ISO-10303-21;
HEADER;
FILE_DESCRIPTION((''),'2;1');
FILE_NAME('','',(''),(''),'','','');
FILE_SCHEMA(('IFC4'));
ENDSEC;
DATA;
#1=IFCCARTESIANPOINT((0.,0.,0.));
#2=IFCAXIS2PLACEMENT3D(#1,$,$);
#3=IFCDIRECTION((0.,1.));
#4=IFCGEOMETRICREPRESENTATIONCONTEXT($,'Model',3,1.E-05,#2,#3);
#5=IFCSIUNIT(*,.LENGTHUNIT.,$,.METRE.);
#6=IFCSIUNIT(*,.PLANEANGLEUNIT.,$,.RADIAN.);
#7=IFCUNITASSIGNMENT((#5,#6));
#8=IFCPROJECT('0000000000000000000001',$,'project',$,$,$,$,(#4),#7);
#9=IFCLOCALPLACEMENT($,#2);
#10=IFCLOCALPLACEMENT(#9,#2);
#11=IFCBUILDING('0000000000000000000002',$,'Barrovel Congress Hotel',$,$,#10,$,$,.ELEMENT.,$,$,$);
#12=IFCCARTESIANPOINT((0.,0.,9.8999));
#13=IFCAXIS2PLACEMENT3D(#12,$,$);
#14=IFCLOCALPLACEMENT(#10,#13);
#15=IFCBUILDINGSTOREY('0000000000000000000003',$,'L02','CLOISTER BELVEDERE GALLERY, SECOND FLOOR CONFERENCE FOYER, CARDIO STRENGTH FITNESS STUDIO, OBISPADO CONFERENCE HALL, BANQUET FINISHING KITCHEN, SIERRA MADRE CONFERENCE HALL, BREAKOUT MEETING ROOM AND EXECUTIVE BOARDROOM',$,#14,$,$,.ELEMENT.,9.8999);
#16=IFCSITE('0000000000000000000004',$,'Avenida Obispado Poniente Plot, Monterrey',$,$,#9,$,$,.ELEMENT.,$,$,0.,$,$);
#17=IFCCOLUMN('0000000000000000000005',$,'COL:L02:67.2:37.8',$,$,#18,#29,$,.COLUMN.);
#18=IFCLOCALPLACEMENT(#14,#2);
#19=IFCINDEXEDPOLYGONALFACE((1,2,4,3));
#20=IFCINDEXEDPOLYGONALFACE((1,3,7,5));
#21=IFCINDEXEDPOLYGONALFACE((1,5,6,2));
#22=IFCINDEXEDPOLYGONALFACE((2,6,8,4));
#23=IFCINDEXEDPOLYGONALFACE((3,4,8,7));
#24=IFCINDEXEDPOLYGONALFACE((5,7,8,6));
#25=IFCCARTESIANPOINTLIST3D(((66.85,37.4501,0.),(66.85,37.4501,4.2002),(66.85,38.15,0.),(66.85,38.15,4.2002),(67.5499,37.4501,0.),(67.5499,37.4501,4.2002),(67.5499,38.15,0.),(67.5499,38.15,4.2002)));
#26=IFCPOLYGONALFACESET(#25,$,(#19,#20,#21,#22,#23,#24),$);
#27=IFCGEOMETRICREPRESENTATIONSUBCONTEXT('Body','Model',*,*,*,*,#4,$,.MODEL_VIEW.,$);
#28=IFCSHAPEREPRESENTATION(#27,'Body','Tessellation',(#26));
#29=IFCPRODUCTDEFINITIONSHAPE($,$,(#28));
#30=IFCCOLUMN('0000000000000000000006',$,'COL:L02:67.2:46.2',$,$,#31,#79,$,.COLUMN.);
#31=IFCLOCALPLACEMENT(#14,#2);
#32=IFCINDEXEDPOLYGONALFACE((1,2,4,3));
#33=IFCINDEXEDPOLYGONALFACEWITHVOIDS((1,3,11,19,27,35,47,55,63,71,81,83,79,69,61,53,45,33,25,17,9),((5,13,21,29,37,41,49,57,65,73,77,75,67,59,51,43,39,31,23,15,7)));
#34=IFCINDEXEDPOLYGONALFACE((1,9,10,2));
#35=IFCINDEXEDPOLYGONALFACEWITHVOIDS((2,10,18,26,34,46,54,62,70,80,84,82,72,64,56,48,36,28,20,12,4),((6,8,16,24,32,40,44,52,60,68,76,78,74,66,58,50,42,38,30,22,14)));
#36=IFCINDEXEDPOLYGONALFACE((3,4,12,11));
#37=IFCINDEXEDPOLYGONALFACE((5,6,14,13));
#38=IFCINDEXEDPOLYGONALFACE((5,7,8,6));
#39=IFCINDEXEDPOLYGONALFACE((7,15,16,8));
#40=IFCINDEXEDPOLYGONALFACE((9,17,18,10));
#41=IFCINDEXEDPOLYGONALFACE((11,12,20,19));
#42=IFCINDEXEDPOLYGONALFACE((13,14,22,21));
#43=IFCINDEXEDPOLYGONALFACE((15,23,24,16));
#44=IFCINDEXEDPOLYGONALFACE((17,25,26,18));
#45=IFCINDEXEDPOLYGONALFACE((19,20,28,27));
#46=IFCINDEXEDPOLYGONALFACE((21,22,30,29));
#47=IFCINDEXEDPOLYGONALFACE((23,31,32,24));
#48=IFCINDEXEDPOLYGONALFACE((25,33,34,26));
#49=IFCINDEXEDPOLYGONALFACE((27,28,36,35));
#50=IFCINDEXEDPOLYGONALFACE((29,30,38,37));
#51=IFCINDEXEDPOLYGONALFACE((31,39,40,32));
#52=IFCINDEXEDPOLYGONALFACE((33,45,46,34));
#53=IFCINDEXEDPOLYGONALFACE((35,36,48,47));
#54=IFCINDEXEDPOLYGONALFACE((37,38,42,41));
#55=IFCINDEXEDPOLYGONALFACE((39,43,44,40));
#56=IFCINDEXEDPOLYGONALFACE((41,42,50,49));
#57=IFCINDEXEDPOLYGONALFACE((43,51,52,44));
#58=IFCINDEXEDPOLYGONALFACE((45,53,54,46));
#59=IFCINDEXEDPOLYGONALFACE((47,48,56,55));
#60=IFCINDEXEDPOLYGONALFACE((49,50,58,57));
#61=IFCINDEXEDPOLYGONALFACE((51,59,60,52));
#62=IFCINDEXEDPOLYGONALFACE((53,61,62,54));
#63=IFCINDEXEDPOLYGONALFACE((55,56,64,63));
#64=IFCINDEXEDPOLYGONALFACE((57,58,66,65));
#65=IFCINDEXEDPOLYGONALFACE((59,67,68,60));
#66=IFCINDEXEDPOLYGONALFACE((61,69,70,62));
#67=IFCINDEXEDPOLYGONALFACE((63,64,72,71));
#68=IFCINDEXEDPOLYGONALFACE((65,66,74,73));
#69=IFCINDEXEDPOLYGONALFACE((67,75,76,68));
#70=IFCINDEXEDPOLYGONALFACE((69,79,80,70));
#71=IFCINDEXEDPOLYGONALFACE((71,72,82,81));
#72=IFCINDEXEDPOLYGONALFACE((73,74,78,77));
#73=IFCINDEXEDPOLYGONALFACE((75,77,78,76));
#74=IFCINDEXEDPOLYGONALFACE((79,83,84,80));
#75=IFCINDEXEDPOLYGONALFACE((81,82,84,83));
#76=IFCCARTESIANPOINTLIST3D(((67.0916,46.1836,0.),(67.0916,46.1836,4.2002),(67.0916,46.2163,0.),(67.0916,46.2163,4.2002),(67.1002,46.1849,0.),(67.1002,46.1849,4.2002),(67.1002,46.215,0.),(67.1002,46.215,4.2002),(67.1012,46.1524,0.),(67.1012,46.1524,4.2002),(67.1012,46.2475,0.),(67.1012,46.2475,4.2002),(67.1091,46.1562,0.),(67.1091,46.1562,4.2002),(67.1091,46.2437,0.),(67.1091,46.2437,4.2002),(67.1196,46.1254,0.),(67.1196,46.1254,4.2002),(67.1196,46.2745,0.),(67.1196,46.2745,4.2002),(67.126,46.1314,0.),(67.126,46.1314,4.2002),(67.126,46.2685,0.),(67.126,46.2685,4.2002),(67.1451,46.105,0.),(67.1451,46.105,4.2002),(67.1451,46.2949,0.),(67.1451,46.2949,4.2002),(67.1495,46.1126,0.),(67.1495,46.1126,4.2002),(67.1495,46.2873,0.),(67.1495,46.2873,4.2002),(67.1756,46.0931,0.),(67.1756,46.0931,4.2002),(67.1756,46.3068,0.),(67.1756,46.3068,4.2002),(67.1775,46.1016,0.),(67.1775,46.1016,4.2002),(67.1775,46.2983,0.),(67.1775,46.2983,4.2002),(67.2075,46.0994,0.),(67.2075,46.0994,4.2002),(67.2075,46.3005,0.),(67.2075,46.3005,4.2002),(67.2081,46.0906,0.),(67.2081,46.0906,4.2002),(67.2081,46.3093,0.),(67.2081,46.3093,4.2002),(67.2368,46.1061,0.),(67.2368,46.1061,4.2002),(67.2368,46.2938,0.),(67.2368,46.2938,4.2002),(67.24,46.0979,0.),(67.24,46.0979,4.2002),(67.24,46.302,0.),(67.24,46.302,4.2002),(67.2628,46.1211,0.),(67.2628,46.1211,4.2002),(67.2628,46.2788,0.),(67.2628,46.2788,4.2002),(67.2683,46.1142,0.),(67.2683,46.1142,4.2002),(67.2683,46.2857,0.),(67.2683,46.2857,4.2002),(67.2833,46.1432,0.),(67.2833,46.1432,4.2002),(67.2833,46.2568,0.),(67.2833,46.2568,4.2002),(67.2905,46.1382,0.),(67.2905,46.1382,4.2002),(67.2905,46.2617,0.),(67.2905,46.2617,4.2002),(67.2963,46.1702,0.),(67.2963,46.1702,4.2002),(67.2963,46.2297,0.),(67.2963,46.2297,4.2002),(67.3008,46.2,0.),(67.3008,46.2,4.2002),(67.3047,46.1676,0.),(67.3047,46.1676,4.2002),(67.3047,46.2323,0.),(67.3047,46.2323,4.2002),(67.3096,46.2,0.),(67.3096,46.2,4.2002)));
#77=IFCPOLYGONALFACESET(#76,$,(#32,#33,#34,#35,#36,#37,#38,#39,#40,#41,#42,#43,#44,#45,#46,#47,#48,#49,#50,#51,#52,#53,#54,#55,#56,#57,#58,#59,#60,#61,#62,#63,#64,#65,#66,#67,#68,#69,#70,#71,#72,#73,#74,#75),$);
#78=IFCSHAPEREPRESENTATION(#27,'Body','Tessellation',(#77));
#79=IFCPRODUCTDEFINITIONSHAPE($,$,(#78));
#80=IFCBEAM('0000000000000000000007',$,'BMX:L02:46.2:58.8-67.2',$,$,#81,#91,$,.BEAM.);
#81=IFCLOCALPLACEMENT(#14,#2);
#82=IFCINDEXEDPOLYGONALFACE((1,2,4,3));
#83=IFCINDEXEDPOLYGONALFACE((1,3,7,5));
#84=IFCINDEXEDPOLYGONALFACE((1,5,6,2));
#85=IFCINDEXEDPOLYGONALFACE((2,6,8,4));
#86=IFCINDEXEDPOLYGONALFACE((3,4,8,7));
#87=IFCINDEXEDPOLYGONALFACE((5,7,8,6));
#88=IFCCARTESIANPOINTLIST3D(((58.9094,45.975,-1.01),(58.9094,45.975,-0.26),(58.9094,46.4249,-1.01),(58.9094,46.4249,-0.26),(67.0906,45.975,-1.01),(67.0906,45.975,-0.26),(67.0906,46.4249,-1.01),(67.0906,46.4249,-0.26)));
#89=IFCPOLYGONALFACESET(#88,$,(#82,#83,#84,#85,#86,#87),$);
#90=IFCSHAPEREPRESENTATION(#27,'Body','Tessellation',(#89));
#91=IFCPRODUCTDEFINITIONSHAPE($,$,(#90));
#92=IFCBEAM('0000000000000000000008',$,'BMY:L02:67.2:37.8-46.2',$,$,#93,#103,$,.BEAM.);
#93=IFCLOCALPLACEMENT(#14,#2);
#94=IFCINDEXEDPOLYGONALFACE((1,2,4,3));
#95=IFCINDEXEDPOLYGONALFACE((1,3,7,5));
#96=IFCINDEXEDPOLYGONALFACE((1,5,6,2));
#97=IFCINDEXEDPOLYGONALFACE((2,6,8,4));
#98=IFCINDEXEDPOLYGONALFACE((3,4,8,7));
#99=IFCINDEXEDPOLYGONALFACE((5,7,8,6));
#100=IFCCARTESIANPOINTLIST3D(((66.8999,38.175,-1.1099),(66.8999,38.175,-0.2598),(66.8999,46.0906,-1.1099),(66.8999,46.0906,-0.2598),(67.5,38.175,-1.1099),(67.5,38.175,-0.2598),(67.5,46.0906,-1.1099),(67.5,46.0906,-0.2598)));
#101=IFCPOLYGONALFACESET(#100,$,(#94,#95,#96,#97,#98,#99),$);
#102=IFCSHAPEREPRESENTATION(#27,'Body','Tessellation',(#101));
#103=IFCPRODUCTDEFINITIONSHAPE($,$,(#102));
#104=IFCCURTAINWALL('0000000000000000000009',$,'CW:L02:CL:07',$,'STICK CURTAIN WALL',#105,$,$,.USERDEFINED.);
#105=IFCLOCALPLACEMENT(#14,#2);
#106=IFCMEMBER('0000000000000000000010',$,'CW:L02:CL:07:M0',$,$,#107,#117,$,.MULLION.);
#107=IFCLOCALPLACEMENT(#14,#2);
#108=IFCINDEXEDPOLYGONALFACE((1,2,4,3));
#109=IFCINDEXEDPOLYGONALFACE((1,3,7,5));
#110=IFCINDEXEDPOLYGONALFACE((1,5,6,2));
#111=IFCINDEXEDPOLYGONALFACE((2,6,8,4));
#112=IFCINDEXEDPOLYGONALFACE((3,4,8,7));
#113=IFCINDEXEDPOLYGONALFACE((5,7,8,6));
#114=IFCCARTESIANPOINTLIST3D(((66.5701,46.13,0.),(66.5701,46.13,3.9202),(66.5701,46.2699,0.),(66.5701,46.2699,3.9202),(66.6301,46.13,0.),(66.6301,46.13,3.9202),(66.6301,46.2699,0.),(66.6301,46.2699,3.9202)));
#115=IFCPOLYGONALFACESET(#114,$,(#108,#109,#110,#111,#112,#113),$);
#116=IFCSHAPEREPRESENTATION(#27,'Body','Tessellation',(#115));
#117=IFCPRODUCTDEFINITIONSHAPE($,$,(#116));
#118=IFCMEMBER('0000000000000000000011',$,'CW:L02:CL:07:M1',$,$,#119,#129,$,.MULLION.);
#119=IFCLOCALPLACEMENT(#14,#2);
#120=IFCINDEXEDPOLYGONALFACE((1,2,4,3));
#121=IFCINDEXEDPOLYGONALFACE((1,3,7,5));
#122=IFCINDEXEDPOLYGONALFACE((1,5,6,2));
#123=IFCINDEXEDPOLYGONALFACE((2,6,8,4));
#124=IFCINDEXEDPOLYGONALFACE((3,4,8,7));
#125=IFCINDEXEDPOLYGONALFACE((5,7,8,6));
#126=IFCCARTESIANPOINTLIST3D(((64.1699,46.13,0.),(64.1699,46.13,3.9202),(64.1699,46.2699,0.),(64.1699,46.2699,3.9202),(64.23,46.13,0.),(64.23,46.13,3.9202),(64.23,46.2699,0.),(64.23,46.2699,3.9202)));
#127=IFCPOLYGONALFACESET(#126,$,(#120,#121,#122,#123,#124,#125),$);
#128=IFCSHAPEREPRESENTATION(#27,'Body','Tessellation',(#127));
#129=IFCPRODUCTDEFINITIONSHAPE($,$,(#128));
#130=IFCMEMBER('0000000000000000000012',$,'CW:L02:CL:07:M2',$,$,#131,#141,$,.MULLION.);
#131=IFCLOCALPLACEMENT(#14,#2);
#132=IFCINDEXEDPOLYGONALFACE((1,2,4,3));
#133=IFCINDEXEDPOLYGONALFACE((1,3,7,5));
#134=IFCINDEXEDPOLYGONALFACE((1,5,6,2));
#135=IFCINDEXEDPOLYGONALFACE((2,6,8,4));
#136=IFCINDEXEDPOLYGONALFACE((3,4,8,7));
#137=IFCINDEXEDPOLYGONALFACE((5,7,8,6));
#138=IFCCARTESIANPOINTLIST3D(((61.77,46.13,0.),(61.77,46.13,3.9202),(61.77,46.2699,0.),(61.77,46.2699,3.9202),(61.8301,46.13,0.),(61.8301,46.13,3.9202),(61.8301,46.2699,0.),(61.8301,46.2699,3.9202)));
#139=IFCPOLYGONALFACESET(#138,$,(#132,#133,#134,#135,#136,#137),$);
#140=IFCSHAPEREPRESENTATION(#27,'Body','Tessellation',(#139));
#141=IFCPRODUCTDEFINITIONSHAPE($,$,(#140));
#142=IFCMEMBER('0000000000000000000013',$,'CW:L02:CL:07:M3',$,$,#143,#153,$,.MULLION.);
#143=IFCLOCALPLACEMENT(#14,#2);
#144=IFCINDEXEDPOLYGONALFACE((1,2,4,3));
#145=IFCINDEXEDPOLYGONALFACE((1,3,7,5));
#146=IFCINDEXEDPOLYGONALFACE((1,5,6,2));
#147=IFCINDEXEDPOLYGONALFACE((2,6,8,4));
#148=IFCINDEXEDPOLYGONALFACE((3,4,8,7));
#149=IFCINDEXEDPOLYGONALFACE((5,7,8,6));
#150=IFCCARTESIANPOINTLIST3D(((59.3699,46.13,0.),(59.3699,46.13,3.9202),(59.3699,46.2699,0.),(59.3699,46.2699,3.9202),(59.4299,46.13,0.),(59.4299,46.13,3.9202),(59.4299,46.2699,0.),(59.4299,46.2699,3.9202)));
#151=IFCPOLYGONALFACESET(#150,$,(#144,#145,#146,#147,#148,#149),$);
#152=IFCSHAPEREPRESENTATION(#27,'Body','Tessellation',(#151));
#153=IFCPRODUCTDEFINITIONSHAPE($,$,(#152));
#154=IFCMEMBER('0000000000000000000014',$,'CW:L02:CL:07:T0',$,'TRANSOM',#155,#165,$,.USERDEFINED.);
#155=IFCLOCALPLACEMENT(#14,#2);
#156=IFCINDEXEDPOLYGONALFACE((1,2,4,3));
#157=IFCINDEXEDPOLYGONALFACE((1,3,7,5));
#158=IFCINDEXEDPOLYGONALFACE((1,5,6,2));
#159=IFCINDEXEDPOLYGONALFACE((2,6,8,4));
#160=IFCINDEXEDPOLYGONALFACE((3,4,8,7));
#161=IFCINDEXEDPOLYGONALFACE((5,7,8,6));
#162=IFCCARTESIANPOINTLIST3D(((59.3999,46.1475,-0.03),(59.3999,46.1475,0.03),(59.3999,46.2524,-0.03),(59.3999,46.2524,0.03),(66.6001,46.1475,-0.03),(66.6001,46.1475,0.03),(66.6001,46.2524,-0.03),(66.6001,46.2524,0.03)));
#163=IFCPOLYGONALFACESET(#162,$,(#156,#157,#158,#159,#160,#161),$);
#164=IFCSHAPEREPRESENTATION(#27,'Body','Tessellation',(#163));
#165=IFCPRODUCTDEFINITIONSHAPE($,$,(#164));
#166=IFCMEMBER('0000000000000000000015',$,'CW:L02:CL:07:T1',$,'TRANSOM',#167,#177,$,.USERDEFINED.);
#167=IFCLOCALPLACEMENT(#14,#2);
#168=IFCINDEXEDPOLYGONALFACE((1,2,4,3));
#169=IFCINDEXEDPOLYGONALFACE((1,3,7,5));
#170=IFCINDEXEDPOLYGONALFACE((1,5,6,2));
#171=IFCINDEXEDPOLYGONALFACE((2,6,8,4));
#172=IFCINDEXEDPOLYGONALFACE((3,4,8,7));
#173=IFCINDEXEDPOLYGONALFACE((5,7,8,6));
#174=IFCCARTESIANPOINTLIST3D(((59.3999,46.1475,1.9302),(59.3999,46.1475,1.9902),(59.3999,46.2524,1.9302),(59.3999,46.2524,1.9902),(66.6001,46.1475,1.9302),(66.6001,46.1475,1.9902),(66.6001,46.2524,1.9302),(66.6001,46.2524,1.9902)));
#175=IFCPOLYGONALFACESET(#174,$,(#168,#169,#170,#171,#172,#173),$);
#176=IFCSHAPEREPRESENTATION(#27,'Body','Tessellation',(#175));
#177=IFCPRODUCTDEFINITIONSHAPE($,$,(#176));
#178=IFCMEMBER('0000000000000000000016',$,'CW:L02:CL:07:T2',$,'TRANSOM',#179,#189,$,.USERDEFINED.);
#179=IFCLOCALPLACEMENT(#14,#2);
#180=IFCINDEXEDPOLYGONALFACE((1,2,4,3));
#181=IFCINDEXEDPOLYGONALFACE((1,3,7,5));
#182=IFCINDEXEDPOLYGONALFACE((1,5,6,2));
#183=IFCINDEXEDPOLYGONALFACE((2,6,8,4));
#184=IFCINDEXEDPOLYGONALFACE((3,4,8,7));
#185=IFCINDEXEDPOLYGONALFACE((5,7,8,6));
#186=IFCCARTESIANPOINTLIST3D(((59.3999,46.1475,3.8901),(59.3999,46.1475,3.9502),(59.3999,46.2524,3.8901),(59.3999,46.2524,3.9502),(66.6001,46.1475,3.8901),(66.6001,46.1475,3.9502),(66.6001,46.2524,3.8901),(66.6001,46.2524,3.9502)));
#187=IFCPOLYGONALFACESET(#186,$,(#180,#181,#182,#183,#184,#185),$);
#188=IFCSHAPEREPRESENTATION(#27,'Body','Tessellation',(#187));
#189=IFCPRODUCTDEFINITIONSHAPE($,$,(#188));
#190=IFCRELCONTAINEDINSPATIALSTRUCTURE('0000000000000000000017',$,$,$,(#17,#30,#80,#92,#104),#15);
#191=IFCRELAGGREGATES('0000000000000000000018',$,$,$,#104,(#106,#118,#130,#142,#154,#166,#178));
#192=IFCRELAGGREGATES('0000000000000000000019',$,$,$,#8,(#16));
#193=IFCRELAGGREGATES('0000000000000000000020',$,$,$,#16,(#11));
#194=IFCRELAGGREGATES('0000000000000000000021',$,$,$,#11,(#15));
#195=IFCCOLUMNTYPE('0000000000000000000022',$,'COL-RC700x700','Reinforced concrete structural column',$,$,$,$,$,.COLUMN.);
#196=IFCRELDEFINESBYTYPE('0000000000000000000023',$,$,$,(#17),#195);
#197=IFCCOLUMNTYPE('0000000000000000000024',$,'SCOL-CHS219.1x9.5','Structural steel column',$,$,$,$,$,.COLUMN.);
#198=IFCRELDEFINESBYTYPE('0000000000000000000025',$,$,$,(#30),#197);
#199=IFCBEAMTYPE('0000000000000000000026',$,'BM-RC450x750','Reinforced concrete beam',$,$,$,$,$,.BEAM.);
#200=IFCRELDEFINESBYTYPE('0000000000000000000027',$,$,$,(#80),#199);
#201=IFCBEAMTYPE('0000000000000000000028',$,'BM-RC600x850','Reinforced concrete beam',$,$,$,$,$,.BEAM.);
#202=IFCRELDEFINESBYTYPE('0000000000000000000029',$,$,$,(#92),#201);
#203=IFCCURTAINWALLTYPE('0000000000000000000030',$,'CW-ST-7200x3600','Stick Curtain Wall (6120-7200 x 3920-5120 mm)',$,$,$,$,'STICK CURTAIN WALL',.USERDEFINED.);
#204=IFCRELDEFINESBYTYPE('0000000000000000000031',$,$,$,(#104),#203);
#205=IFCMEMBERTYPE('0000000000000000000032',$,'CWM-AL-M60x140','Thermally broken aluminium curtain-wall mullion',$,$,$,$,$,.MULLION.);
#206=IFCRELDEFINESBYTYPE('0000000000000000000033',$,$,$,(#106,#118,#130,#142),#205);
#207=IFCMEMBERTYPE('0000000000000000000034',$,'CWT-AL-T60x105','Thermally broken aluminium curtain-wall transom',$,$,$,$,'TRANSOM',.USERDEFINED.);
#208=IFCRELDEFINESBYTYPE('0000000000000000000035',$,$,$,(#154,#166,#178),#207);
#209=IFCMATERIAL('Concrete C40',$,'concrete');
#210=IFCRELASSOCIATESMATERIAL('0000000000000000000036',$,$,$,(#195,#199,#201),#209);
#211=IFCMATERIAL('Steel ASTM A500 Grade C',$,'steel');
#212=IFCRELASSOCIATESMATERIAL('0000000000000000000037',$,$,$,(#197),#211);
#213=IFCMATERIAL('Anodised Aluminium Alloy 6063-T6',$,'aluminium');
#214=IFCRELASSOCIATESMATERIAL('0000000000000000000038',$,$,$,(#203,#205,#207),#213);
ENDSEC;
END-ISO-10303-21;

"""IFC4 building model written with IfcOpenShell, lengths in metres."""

from ifc_helpers import new_model, si_unit, direction, frame, origin, origin_2d, place, context, subcontext, project, spatial, rectangle, hollow_circle, extrude, material, material_profile, profile_set, type_object, element, aggregate, save


model = new_model("IFC4")

# Units and contexts
model_context = context("Model", 3, precision=1e-05, world=origin(), true_north=direction((0.0, 1.0)))
body_context = subcontext(model_context, "Body", "Model", "MODEL_VIEW")
ifc_project = project(units=[si_unit("LENGTHUNIT", "METRE"), si_unit("PLANEANGLEUNIT", "RADIAN")], contexts=[model_context])

# Site, building, storey
site_placement = place(None, origin())
site = spatial("IfcSite", under=ifc_project, at=site_placement, Name="Avenida Obispado Poniente Plot, Monterrey", CompositionType="ELEMENT", RefElevation=0.0)
building_placement = place(site_placement, origin())
building = spatial("IfcBuilding", under=site, at=building_placement, Name="Barrovel Congress Hotel", CompositionType="ELEMENT")
storey_placement = place(building_placement, frame((0.0, 0.0, 9.8999)))
storey = spatial("IfcBuildingStorey", under=building, at=storey_placement, Name="L02", Description="CLOISTER BELVEDERE GALLERY, SECOND FLOOR CONFERENCE FOYER, CARDIO STRENGTH FITNESS STUDIO, OBISPADO CONFERENCE HALL, BANQUET FINISHING KITCHEN, SIERRA MADRE CONFERENCE HALL, BREAKOUT MEETING ROOM AND EXECUTIVE BOARDROOM", CompositionType="ELEMENT", Elevation=9.8999)

# Columns
ifc_material_1 = material(Name="Concrete C40", Category="concrete")
ifc_material_profile_1 = material_profile(ifc_material_1, rectangle(XDim=0.7, YDim=0.7, at=origin_2d()), Name="RC700x700")
ifc_profile_set_1 = profile_set([ifc_material_profile_1], Name="Concrete C40")
column_type_1 = type_object("IfcColumnType", Name="COL-RC700x700", Description="Reinforced concrete structural column", PredefinedType="COLUMN", material=ifc_profile_set_1)
column_1_placement = place(storey_placement, frame((67.2, 37.8, 0.0), z_axis=(0.0, 0.0, 1.0), x_axis=(1.0, 0.0, 0.0)))
element("IfcColumn", 1, at=column_1_placement, inside=storey, type_object=column_type_1, Name="COL:L02:67.2:37.8", PredefinedType="COLUMN", context=body_context, shape_type="SweptSolid", body=[
    extrude(rectangle(XDim=0.7, YDim=0.7, at=origin_2d()), origin(), (0.0, 0.0, 1.0), 4.2002),
])
ifc_material_2 = material(Name="Steel ASTM A500 Grade C", Category="steel")
ifc_material_profile_2 = material_profile(ifc_material_2, hollow_circle(Radius=0.1096, WallThickness=0.0088, at=origin_2d()), Name="CHS219.1x9.5")
ifc_profile_set_2 = profile_set([ifc_material_profile_2], Name="Steel ASTM A500 Grade C")
column_type_2 = type_object("IfcColumnType", Name="SCOL-CHS219.1x9.5", Description="Structural steel column", PredefinedType="COLUMN", material=ifc_profile_set_2)
column_2_placement = place(storey_placement, frame((67.2, 46.2, 0.0), z_axis=(0.0, 0.0, 1.0), x_axis=(1.0, 0.0, 0.0)))
element("IfcColumn", 2, at=column_2_placement, inside=storey, type_object=column_type_2, Name="COL:L02:67.2:46.2", PredefinedType="COLUMN", context=body_context, shape_type="SweptSolid", body=[
    extrude(hollow_circle(Radius=0.1096, WallThickness=0.0088, at=origin_2d()), origin(), (0.0, 0.0, 1.0), 4.2002),
])

# Beams
ifc_material_profile_3 = material_profile(ifc_material_1, rectangle(XDim=0.45, YDim=0.75, at=origin_2d()), Name="RC450x750")
ifc_profile_set_3 = profile_set([ifc_material_profile_3], Name="Concrete C40")
beam_type_1 = type_object("IfcBeamType", Name="BM-RC450x750", Description="Reinforced concrete beam", PredefinedType="BEAM", material=ifc_profile_set_3)
beam_1_placement = place(storey_placement, frame((58.9094, 46.2, -0.635), z_axis=(1.0, 0.0, 0.0), x_axis=(0.0, 1.0, 0.0)))
element("IfcBeam", 3, at=beam_1_placement, inside=storey, type_object=beam_type_1, Name="BMX:L02:46.2:58.8-67.2", PredefinedType="BEAM", context=body_context, shape_type="SweptSolid", body=[
    extrude(rectangle(XDim=0.45, YDim=0.75, at=origin_2d()), origin(), (0.0, 0.0, 1.0), 8.1812),
])
ifc_material_profile_4 = material_profile(ifc_material_1, rectangle(XDim=0.6001, YDim=0.8501, at=origin_2d()), Name="RC600x850")
ifc_profile_set_4 = profile_set([ifc_material_profile_4], Name="Concrete C40")
beam_type_2 = type_object("IfcBeamType", Name="BM-RC600x850", Description="Reinforced concrete beam", PredefinedType="BEAM", material=ifc_profile_set_4)
beam_2_placement = place(storey_placement, frame((67.2, 38.175, -0.6848), z_axis=(0.0, 1.0, 0.0), x_axis=(-1.0, 0.0, 0.0)))
element("IfcBeam", 4, at=beam_2_placement, inside=storey, type_object=beam_type_2, Name="BMY:L02:67.2:37.8-46.2", PredefinedType="BEAM", context=body_context, shape_type="SweptSolid", body=[
    extrude(rectangle(XDim=0.6001, YDim=0.8501, at=origin_2d()), origin(), (0.0, 0.0, 1.0), 7.9155),
])

# Curtain wall, members
ifc_material_3 = material(Name="Anodised Aluminium Alloy 6063-T6", Category="aluminium")
curtain_wall_type = type_object("IfcCurtainWallType", Name="CW-ST-7200x3600", Description="Stick Curtain Wall (6120-7200 x 3920-5120 mm)", ElementType="STICK CURTAIN WALL", PredefinedType="USERDEFINED", material=ifc_material_3)
curtain_wall_placement = place(storey_placement, origin())
curtain_wall = element("IfcCurtainWall", 5, at=curtain_wall_placement, inside=storey, type_object=curtain_wall_type, Name="CW:L02:CL:07", ObjectType="STICK CURTAIN WALL", PredefinedType="USERDEFINED")
ifc_material_profile_5 = material_profile(ifc_material_3, rectangle(XDim=0.0601, YDim=0.1399, at=origin_2d()), Name="AL-M60x140")
ifc_profile_set_5 = profile_set([ifc_material_profile_5], Name="Anodised Aluminium Alloy 6063-T6")
member_type_1 = type_object("IfcMemberType", Name="CWM-AL-M60x140", Description="Thermally broken aluminium curtain-wall mullion", PredefinedType="MULLION", material=ifc_profile_set_5)
member_1_placement = place(storey_placement, frame((66.6001, 46.2, 0.0), z_axis=(0.0, 0.0, 1.0), x_axis=(1.0, 0.0, 0.0)))
member_1 = element("IfcMember", 6, at=member_1_placement, type_object=member_type_1, Name="CW:L02:CL:07:M0", PredefinedType="MULLION", context=body_context, shape_type="SweptSolid", body=[
    extrude(rectangle(XDim=0.0601, YDim=0.1399, at=origin_2d()), origin(), (0.0, 0.0, 1.0), 3.9202),
])
member_2_placement = place(storey_placement, frame((64.2, 46.2, 0.0), z_axis=(0.0, 0.0, 1.0), x_axis=(1.0, 0.0, 0.0)))
member_2 = element("IfcMember", 7, at=member_2_placement, type_object=member_type_1, Name="CW:L02:CL:07:M1", PredefinedType="MULLION", context=body_context, shape_type="SweptSolid", body=[
    extrude(rectangle(XDim=0.0601, YDim=0.1399, at=origin_2d()), origin(), (0.0, 0.0, 1.0), 3.9202),
])
member_3_placement = place(storey_placement, frame((61.8, 46.2, 0.0), z_axis=(0.0, 0.0, 1.0), x_axis=(1.0, 0.0, 0.0)))
member_3 = element("IfcMember", 8, at=member_3_placement, type_object=member_type_1, Name="CW:L02:CL:07:M2", PredefinedType="MULLION", context=body_context, shape_type="SweptSolid", body=[
    extrude(rectangle(XDim=0.0601, YDim=0.1399, at=origin_2d()), origin(), (0.0, 0.0, 1.0), 3.9202),
])
member_4_placement = place(storey_placement, frame((59.3999, 46.2, 0.0), z_axis=(0.0, 0.0, 1.0), x_axis=(1.0, 0.0, 0.0)))
member_4 = element("IfcMember", 9, at=member_4_placement, type_object=member_type_1, Name="CW:L02:CL:07:M3", PredefinedType="MULLION", context=body_context, shape_type="SweptSolid", body=[
    extrude(rectangle(XDim=0.0601, YDim=0.1399, at=origin_2d()), origin(), (0.0, 0.0, 1.0), 3.9202),
])
ifc_material_profile_6 = material_profile(ifc_material_3, rectangle(XDim=0.105, YDim=0.0601, at=origin_2d()), Name="AL-T60x105")
ifc_profile_set_6 = profile_set([ifc_material_profile_6], Name="Anodised Aluminium Alloy 6063-T6")
member_type_2 = type_object("IfcMemberType", Name="CWT-AL-T60x105", Description="Thermally broken aluminium curtain-wall transom", ElementType="TRANSOM", PredefinedType="USERDEFINED", material=ifc_profile_set_6)
member_5_placement = place(storey_placement, frame((66.6001, 46.2, 0.0), z_axis=(-1.0, 0.0, 0.0), x_axis=(0.0, -1.0, 0.0)))
member_5 = element("IfcMember", 10, at=member_5_placement, type_object=member_type_2, Name="CW:L02:CL:07:T0", ObjectType="TRANSOM", PredefinedType="USERDEFINED", context=body_context, shape_type="SweptSolid", body=[
    extrude(rectangle(XDim=0.105, YDim=0.0601, at=origin_2d()), origin(), (0.0, 0.0, 1.0), 7.2002),
])
member_6_placement = place(storey_placement, frame((66.6001, 46.2, 1.9602), z_axis=(-1.0, 0.0, 0.0), x_axis=(0.0, -1.0, 0.0)))
member_6 = element("IfcMember", 11, at=member_6_placement, type_object=member_type_2, Name="CW:L02:CL:07:T1", ObjectType="TRANSOM", PredefinedType="USERDEFINED", context=body_context, shape_type="SweptSolid", body=[
    extrude(rectangle(XDim=0.105, YDim=0.0601, at=origin_2d()), origin(), (0.0, 0.0, 1.0), 7.2002),
])
member_7_placement = place(storey_placement, frame((66.6001, 46.2, 3.9202), z_axis=(-1.0, 0.0, 0.0), x_axis=(0.0, -1.0, 0.0)))
member_7 = element("IfcMember", 12, at=member_7_placement, type_object=member_type_2, Name="CW:L02:CL:07:T2", ObjectType="TRANSOM", PredefinedType="USERDEFINED", context=body_context, shape_type="SweptSolid", body=[
    extrude(rectangle(XDim=0.105, YDim=0.0601, at=origin_2d()), origin(), (0.0, 0.0, 1.0), 7.2002),
])

aggregate(curtain_wall, [member_1, member_2, member_3, member_4, member_5, member_6, member_7])

save(model, "model.ifc")
